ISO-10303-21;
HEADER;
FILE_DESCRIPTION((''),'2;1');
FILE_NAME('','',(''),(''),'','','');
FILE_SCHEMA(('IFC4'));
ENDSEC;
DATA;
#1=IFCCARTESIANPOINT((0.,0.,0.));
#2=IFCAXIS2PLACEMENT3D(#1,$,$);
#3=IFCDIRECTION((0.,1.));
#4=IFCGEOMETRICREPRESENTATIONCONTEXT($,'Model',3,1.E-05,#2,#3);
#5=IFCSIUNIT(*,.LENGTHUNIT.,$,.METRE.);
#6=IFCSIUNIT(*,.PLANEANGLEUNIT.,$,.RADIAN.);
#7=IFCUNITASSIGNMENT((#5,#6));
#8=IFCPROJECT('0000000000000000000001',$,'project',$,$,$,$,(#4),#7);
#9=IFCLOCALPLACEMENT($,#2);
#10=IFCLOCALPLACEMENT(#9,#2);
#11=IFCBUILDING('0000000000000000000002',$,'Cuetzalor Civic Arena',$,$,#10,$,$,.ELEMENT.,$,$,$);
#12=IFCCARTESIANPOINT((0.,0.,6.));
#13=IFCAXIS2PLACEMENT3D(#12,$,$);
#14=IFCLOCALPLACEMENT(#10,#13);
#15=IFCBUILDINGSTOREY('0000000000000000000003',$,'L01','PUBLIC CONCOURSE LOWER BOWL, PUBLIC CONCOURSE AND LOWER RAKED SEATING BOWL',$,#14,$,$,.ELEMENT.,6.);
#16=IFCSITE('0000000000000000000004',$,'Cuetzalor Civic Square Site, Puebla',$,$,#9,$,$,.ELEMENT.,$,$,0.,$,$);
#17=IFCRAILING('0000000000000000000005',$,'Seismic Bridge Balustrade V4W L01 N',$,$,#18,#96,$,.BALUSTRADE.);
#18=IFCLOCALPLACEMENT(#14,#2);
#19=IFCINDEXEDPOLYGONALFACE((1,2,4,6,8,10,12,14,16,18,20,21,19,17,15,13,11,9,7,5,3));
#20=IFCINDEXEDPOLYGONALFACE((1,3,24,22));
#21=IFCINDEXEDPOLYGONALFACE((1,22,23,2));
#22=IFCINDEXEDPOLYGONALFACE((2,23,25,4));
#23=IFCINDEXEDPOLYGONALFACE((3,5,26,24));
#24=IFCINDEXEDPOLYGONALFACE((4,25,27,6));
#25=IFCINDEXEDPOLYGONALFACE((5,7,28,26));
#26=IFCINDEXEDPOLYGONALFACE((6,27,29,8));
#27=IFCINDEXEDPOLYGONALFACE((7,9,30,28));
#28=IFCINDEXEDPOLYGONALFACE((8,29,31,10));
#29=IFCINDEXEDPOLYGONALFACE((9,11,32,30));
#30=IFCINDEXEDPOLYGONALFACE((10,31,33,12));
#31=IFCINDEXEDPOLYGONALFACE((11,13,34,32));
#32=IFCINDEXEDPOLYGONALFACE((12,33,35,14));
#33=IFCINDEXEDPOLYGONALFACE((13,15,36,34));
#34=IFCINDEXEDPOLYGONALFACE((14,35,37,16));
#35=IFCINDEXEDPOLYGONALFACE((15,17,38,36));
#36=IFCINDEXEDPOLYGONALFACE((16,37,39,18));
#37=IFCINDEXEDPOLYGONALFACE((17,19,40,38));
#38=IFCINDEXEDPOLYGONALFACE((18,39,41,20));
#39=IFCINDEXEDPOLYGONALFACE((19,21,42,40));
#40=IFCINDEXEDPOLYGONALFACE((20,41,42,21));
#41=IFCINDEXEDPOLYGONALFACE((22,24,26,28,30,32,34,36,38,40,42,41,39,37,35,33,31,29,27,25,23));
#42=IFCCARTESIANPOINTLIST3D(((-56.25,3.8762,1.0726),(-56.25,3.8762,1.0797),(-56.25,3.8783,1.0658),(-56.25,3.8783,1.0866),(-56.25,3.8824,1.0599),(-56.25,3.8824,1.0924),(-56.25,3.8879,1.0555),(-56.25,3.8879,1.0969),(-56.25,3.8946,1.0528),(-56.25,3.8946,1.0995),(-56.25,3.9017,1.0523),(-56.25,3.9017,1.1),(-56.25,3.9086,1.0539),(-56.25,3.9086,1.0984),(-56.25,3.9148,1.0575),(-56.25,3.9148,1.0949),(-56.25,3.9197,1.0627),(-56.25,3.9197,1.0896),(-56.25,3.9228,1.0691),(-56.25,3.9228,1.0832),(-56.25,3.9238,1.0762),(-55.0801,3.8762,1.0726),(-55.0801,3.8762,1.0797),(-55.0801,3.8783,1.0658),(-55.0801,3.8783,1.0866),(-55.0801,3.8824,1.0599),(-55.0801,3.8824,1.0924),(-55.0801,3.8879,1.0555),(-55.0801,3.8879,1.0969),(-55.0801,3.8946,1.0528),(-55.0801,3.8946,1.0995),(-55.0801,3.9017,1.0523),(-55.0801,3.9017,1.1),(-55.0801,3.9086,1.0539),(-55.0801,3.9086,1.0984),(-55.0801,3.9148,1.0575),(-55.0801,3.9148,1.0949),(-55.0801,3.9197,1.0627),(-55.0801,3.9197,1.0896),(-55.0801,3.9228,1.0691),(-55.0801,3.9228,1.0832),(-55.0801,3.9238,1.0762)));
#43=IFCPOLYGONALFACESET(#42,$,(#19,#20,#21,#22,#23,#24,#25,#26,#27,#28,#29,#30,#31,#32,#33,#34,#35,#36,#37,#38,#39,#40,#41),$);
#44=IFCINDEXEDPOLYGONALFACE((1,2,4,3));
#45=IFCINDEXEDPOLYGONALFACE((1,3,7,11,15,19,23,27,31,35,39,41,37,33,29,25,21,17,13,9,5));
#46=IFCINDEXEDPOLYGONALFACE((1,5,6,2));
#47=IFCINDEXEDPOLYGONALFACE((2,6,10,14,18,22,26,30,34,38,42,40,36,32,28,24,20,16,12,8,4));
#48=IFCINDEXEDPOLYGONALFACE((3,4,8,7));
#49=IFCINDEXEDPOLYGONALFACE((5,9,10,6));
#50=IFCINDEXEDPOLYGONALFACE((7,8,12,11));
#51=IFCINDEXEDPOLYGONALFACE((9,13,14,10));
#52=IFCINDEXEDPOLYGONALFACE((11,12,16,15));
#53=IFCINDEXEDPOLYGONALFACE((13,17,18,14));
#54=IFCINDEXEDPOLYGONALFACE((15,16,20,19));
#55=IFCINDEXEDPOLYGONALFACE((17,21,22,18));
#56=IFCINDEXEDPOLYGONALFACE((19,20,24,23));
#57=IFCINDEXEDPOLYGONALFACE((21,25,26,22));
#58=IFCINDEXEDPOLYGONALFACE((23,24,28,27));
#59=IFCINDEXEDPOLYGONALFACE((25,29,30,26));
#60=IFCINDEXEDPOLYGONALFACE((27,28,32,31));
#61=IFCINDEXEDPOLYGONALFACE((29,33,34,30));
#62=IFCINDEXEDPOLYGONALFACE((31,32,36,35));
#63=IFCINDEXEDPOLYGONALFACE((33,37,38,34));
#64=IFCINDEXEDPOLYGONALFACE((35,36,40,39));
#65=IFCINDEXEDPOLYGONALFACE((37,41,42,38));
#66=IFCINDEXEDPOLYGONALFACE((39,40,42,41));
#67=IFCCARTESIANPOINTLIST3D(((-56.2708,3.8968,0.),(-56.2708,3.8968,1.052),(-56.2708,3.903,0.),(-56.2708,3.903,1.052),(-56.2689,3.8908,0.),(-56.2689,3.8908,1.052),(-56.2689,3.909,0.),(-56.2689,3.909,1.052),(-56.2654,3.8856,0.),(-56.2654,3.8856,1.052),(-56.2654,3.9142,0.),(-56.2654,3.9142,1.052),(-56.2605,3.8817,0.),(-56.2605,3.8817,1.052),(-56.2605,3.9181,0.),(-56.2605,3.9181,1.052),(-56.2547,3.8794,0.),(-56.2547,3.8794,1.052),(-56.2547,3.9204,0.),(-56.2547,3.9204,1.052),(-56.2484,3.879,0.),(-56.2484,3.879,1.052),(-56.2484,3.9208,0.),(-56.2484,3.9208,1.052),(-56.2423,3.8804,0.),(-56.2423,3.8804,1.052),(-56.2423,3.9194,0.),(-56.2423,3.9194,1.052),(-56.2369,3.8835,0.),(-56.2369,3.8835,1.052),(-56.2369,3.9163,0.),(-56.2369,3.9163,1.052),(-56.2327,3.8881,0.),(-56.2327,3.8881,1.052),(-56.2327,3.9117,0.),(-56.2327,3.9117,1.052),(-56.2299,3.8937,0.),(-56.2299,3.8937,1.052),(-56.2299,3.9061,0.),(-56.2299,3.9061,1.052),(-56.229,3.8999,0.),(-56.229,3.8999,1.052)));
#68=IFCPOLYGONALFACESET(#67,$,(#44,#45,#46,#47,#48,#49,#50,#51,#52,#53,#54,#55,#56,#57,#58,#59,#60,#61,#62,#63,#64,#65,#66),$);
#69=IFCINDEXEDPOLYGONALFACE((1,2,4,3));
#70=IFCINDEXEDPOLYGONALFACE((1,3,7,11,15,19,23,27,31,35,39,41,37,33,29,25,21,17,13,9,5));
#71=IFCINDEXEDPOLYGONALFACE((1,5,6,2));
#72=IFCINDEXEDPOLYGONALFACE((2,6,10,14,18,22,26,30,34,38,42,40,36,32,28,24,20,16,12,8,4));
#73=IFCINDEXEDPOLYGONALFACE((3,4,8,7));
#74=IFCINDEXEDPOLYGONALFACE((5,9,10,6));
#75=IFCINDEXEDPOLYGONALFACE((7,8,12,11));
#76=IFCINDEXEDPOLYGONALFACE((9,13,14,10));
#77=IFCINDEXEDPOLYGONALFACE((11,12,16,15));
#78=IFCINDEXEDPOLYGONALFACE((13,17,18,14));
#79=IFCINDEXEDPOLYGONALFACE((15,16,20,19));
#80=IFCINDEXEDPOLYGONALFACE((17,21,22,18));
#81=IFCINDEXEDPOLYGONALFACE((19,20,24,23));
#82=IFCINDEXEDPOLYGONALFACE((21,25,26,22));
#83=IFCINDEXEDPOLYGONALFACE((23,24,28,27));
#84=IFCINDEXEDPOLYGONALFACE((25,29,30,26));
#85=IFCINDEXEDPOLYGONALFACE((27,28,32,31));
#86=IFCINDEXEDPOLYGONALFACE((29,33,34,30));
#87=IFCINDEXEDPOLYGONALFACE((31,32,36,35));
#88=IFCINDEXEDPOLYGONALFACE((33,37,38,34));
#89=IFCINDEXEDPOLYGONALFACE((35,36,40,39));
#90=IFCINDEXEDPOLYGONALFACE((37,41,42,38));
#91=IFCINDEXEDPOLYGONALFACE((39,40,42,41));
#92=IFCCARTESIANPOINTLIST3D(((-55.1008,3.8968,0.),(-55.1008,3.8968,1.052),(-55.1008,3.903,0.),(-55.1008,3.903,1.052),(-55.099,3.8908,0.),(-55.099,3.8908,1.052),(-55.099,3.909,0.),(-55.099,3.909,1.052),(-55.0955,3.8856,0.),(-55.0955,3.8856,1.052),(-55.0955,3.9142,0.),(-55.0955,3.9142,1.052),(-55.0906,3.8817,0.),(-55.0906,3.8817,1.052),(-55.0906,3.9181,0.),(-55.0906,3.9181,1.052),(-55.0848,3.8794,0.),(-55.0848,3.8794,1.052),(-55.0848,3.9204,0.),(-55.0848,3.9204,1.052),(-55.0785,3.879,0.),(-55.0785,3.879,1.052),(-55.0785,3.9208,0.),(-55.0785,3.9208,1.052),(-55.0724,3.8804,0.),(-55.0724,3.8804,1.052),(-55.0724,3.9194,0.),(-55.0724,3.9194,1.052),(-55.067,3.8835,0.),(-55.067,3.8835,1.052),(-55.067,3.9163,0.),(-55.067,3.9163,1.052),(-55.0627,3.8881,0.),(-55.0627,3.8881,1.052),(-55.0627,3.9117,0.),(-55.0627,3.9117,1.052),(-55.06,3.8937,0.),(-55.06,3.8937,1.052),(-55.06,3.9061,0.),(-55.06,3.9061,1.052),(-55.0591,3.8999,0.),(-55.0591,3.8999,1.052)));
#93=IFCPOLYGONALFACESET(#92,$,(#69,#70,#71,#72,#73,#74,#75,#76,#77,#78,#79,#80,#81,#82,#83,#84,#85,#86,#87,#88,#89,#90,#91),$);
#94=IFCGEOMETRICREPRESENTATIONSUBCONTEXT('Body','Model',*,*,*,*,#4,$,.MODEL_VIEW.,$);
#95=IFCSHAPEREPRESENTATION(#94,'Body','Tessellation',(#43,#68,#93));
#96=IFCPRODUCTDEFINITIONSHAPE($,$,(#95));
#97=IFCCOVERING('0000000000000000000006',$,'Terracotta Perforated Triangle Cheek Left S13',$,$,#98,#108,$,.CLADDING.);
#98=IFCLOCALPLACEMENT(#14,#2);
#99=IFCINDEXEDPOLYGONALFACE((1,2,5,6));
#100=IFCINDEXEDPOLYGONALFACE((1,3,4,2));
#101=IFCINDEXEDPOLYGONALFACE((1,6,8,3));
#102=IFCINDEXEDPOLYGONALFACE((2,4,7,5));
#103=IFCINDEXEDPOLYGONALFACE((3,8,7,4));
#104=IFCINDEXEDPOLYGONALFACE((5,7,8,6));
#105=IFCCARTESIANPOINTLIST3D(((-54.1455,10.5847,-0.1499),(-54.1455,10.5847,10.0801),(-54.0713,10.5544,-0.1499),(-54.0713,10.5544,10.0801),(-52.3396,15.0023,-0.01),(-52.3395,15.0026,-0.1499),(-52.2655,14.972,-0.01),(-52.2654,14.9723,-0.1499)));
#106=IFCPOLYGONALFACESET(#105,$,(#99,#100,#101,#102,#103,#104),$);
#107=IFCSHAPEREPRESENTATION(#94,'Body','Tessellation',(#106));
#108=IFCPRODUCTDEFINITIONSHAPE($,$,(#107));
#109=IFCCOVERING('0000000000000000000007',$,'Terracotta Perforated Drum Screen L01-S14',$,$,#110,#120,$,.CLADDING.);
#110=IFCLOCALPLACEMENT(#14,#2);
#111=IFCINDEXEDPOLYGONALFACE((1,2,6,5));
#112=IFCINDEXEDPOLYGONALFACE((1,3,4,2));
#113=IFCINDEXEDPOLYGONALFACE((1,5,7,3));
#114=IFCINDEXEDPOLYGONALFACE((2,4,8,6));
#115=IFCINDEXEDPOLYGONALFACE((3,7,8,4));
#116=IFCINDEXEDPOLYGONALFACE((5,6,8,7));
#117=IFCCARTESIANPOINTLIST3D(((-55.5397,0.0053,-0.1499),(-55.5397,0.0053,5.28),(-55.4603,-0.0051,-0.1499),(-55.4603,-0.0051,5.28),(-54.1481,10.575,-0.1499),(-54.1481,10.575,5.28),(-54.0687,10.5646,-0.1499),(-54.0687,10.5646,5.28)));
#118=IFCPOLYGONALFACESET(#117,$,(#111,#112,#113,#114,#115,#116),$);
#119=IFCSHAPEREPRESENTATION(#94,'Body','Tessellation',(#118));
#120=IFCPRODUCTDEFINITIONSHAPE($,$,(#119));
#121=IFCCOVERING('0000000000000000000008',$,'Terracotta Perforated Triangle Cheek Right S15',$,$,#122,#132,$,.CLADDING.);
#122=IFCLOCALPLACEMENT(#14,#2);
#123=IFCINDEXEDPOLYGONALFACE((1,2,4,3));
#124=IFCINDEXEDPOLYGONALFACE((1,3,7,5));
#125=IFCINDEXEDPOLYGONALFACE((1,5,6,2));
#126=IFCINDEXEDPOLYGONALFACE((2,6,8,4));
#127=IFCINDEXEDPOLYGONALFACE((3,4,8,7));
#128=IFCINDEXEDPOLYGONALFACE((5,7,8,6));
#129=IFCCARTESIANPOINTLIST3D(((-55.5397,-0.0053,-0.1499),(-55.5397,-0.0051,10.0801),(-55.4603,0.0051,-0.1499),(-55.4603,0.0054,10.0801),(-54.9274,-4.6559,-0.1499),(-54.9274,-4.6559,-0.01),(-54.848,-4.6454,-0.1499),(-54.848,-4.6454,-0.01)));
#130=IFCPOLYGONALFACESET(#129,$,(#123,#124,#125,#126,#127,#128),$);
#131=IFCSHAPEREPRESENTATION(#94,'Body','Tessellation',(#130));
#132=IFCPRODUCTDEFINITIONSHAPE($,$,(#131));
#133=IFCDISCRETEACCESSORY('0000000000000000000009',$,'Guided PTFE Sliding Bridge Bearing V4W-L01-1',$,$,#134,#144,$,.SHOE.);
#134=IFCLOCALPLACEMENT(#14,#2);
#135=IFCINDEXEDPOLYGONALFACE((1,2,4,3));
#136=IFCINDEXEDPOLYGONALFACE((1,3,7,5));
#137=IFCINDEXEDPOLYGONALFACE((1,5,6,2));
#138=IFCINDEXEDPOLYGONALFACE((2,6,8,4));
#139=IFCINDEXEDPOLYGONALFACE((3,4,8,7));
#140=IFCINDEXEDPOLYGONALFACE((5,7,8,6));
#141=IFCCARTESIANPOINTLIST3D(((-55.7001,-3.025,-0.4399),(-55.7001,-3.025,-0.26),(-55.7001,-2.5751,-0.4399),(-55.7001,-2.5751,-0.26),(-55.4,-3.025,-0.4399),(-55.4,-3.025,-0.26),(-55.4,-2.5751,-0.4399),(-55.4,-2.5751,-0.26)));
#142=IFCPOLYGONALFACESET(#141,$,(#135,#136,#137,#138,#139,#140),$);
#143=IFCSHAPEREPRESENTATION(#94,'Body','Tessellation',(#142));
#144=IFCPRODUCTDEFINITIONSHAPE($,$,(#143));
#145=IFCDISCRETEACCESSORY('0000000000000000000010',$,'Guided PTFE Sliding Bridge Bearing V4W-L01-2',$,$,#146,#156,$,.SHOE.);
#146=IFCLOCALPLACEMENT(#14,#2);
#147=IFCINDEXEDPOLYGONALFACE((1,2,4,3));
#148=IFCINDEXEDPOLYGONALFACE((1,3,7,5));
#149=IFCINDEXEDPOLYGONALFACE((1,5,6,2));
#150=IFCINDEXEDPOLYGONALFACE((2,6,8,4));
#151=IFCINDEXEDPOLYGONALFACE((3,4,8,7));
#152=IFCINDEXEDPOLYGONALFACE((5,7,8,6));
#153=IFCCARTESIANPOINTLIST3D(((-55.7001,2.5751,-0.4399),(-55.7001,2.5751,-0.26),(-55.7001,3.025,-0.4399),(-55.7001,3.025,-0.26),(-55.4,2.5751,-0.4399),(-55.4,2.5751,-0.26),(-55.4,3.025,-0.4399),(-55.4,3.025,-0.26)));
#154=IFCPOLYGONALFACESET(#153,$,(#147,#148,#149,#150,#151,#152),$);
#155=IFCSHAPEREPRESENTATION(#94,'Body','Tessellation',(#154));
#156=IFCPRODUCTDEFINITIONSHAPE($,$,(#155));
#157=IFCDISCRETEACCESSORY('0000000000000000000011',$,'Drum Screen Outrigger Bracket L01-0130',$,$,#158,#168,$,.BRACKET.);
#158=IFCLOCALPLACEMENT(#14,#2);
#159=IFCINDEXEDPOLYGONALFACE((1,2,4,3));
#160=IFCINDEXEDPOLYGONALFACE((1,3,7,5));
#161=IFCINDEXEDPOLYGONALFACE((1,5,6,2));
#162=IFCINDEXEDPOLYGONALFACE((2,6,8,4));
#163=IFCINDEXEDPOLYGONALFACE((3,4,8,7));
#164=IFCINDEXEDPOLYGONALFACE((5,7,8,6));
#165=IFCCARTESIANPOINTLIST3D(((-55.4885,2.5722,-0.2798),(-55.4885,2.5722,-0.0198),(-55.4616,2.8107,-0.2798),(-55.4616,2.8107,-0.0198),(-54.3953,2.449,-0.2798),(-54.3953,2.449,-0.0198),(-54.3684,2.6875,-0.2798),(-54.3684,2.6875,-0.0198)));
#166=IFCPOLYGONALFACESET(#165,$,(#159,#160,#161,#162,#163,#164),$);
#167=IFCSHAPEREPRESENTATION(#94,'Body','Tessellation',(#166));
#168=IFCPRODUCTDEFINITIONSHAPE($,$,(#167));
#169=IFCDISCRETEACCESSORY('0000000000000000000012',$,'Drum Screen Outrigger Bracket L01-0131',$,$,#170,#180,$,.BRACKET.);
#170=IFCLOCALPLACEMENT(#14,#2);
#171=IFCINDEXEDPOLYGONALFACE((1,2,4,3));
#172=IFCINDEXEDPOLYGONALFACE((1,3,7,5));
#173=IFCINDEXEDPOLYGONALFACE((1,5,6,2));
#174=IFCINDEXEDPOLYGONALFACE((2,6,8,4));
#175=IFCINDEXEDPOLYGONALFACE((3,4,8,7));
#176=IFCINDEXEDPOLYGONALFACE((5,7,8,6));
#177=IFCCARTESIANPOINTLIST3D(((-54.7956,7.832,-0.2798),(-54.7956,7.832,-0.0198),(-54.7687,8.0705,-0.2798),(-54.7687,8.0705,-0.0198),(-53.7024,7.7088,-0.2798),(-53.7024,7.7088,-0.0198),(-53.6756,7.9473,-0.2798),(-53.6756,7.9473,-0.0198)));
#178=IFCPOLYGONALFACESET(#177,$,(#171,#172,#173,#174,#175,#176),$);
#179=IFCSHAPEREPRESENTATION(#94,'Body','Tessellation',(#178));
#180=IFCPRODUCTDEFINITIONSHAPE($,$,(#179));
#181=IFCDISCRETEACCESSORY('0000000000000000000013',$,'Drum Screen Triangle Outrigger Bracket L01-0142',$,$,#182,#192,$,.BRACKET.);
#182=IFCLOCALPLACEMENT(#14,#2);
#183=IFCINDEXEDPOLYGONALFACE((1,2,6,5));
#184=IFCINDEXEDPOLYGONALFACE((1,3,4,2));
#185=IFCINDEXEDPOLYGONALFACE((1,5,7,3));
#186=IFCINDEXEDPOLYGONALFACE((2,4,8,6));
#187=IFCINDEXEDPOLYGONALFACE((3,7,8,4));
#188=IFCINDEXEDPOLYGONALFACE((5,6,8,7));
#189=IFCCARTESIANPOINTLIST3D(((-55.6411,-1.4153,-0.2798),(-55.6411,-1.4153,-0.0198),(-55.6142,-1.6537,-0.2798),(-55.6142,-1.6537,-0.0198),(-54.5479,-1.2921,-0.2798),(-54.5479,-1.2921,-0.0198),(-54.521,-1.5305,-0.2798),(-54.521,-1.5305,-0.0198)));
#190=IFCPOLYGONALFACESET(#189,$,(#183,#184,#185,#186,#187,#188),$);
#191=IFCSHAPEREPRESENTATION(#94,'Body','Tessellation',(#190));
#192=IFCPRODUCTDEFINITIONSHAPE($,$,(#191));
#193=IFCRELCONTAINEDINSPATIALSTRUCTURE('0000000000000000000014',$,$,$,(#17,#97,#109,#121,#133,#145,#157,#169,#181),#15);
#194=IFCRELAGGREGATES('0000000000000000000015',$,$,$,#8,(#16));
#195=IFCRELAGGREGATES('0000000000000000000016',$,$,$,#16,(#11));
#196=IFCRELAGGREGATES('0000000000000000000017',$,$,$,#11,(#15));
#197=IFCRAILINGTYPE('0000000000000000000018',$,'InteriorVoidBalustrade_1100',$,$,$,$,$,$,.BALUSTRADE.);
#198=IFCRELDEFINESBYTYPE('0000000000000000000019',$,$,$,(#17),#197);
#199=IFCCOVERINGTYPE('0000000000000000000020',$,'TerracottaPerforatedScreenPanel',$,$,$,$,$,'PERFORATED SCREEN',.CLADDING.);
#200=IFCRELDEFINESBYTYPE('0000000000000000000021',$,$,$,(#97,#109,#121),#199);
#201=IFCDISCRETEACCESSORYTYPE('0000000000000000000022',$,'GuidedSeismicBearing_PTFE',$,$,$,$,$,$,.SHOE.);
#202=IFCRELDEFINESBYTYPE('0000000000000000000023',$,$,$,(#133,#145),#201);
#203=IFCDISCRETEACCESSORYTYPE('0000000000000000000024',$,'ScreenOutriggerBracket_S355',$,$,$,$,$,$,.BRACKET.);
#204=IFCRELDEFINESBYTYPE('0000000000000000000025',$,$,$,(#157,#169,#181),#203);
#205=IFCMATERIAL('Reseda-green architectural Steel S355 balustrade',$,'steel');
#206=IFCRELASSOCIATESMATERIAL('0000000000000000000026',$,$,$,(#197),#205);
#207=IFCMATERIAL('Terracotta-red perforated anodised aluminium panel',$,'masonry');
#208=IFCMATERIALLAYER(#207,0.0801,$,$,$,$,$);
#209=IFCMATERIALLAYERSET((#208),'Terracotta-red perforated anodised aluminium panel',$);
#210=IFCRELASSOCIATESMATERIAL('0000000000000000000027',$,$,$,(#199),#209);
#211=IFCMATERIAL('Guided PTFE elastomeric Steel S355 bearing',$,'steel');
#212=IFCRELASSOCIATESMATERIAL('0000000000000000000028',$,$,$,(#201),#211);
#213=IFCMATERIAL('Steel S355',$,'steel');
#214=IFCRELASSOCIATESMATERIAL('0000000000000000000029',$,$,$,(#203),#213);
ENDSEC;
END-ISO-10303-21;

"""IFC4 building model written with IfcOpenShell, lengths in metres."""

from ifc_helpers import new_model, si_unit, direction, frame, frame_2d, origin, origin_2d, place, context, subcontext, project, spatial, polyline, rectangle, circle, outline, extrude, material, layer, layer_set, type_object, element, save


model = new_model("IFC4")

# Units and contexts
model_context = context("Model", 3, precision=1e-05, world=origin(), true_north=direction((0.0, 1.0)))
body_context = subcontext(model_context, "Body", "Model", "MODEL_VIEW")
ifc_project = project(units=[si_unit("LENGTHUNIT", "METRE"), si_unit("PLANEANGLEUNIT", "RADIAN")], contexts=[model_context])

# Site, building, storey
site_placement = place(None, origin())
site = spatial("IfcSite", under=ifc_project, at=site_placement, Name="Cuetzalor Civic Square Site, Puebla", CompositionType="ELEMENT", RefElevation=0.0)
building_placement = place(site_placement, origin())
building = spatial("IfcBuilding", under=site, at=building_placement, Name="Cuetzalor Civic Arena", CompositionType="ELEMENT")
storey_placement = place(building_placement, frame((0.0, 0.0, 6.0)))
storey = spatial("IfcBuildingStorey", under=building, at=storey_placement, Name="L01", Description="PUBLIC CONCOURSE LOWER BOWL, PUBLIC CONCOURSE AND LOWER RAKED SEATING BOWL", CompositionType="ELEMENT", Elevation=6.0)

# Railing
ifc_material_1 = material(Name="Reseda-green architectural Steel S355 balustrade", Category="steel")
railing_type = type_object("IfcRailingType", Name="InteriorVoidBalustrade_1100", PredefinedType="BALUSTRADE", material=ifc_material_1)
for number, where, name in (
    (1, (-56.25, 3.8999, 0.0), "Seismic Bridge Balustrade V4W L01 N"),
):
    element("IfcRailing", number, at=place(storey_placement, frame(where)), inside=storey, type_object=railing_type, Name=name, PredefinedType="BALUSTRADE", context=body_context, shape_type="SweptSolid", body=[
        extrude(circle(Radius=0.0239, at=origin_2d()), frame((0.0, 0.0, 1.0762), z_axis=(1.0, 0.0, 0.0), x_axis=(0.0, 1.0, 0.0)), (0.0, 0.0, 1.0), 1.1699),
        extrude(circle(Radius=0.021, at=origin_2d()), origin(), (0.0, 0.0, 1.0), 1.052),
        extrude(circle(Radius=0.021, at=origin_2d()), frame((1.1699, 0.0, 0.0)), (0.0, 0.0, 1.0), 1.052),
    ])

# Coverings
ifc_material_2 = material(Name="Terracotta-red perforated anodised aluminium panel", Category="masonry")
ifc_layer_1 = layer(ifc_material_2, 0.0801)
ifc_layer_set_1 = layer_set([ifc_layer_1], Name="Terracotta-red perforated anodised aluminium panel")
covering_type = type_object("IfcCoveringType", Name="TerracottaPerforatedScreenPanel", ElementType="PERFORATED SCREEN", PredefinedType="CLADDING", material=ifc_layer_set_1)
covering_1_placement = place(storey_placement, frame((-54.1084, 10.5696, -0.1499), z_axis=(0.0, 0.0, 1.0), x_axis=(0.378392, 0.925646, 0.0)))
element("IfcCovering", 2, at=covering_1_placement, inside=storey, type_object=covering_type, Name="Terracotta Perforated Triangle Cheek Left S13", PredefinedType="CLADDING", context=body_context, shape_type="SweptSolid", body=[
    extrude(outline(polyline([(0.0, 0.0), (4.7727, 0.0), (4.7725, 0.1399), (0.0, 10.23), (0.0, 0.0)])), frame((0.0, 0.04, 0.0), z_axis=(0.0, -1.0, 0.0), x_axis=(1.0, 0.0, 0.0)), (0.0, 0.0, 1.0), 0.0801),
])
covering_2_placement = place(storey_placement, frame((-55.5, 0.0, -0.1499), z_axis=(0.0, 0.0, 1.0), x_axis=(0.130534, 0.991444, 0.0)))
element("IfcCovering", 3, at=covering_2_placement, inside=storey, type_object=covering_type, Name="Terracotta Perforated Drum Screen L01-S14", PredefinedType="CLADDING", context=body_context, shape_type="SweptSolid", body=[
    extrude(rectangle(XDim=10.6609, YDim=0.0801, at=frame_2d((5.3306, 0.0))), origin(), (0.0, 0.0, 1.0), 5.4299),
])
covering_3_placement = place(storey_placement, frame((-54.8877, -4.6506, -0.1499), z_axis=(0.0, 0.0, 1.0), x_axis=(-0.130534, 0.991444, 0.0)))
element("IfcCovering", 4, at=covering_3_placement, inside=storey, type_object=covering_type, Name="Terracotta Perforated Triangle Cheek Right S15", PredefinedType="CLADDING", context=body_context, shape_type="SweptSolid", body=[
    extrude(outline(polyline([(0.0, 0.0), (4.6907, 0.0), (4.6909, 10.23), (0.0, 0.1399), (0.0, 0.0)])), frame((0.0, 0.04, 0.0), z_axis=(0.0, -1.0, 0.0), x_axis=(1.0, 0.0, 0.0)), (0.0, 0.0, 1.0), 0.0801),
])

# Discrete accessories
ifc_material_3 = material(Name="Guided PTFE elastomeric Steel S355 bearing", Category="steel")
discrete_accessory_type_1 = type_object("IfcDiscreteAccessoryType", Name="GuidedSeismicBearing_PTFE", PredefinedType="SHOE", material=ifc_material_3)
for number, where, z_axis, x_axis, name in (
    (5, (-55.55, -2.8, -0.4399), (0.0, 0.0, 1.0), (1.0, 0.0, 0.0), "Guided PTFE Sliding Bridge Bearing V4W-L01-1"),
    (6, (-55.55, 2.8, -0.4399), (0.0, 0.0, 1.0), (1.0, 0.0, 0.0), "Guided PTFE Sliding Bridge Bearing V4W-L01-2"),
):
    element("IfcDiscreteAccessory", number, at=place(storey_placement, frame(where, z_axis=z_axis, x_axis=x_axis)), inside=storey, type_object=discrete_accessory_type_1, Name=name, PredefinedType="SHOE", context=body_context, shape_type="SweptSolid", body=[
        extrude(rectangle(XDim=0.3, YDim=0.45, at=origin_2d()), origin(), (0.0, 0.0, 1.0), 0.1799),
    ])
ifc_material_4 = material(Name="Steel S355", Category="steel")
discrete_accessory_type_2 = type_object("IfcDiscreteAccessoryType", Name="ScreenOutriggerBracket_S355", PredefinedType="BRACKET", material=ifc_material_4)
for number, where, z_axis, x_axis, name in (
    (7, (-54.9285, 2.6299, -0.2798), (0.0, 0.0, 1.0), (-0.993709, 0.111989, 0.0), "Drum Screen Outrigger Bracket L01-0130"),
    (8, (-54.2356, 7.8896, -0.2798), (0.0, 0.0, 1.0), (-0.993709, 0.111989, 0.0), "Drum Screen Outrigger Bracket L01-0131"),
    (9, (-55.0811, -1.4729, -0.2798), (0.0, 0.0, 1.0), (-0.993709, -0.111989, 0.0), "Drum Screen Triangle Outrigger Bracket L01-0142"),
):
    element("IfcDiscreteAccessory", number, at=place(storey_placement, frame(where, z_axis=z_axis, x_axis=x_axis)), inside=storey, type_object=discrete_accessory_type_2, Name=name, PredefinedType="BRACKET", context=body_context, shape_type="SweptSolid", body=[
        extrude(rectangle(XDim=1.1001, YDim=0.24, at=origin_2d()), origin(), (0.0, 0.0, 1.0), 0.26),
    ])

save(model, "model.ifc")
